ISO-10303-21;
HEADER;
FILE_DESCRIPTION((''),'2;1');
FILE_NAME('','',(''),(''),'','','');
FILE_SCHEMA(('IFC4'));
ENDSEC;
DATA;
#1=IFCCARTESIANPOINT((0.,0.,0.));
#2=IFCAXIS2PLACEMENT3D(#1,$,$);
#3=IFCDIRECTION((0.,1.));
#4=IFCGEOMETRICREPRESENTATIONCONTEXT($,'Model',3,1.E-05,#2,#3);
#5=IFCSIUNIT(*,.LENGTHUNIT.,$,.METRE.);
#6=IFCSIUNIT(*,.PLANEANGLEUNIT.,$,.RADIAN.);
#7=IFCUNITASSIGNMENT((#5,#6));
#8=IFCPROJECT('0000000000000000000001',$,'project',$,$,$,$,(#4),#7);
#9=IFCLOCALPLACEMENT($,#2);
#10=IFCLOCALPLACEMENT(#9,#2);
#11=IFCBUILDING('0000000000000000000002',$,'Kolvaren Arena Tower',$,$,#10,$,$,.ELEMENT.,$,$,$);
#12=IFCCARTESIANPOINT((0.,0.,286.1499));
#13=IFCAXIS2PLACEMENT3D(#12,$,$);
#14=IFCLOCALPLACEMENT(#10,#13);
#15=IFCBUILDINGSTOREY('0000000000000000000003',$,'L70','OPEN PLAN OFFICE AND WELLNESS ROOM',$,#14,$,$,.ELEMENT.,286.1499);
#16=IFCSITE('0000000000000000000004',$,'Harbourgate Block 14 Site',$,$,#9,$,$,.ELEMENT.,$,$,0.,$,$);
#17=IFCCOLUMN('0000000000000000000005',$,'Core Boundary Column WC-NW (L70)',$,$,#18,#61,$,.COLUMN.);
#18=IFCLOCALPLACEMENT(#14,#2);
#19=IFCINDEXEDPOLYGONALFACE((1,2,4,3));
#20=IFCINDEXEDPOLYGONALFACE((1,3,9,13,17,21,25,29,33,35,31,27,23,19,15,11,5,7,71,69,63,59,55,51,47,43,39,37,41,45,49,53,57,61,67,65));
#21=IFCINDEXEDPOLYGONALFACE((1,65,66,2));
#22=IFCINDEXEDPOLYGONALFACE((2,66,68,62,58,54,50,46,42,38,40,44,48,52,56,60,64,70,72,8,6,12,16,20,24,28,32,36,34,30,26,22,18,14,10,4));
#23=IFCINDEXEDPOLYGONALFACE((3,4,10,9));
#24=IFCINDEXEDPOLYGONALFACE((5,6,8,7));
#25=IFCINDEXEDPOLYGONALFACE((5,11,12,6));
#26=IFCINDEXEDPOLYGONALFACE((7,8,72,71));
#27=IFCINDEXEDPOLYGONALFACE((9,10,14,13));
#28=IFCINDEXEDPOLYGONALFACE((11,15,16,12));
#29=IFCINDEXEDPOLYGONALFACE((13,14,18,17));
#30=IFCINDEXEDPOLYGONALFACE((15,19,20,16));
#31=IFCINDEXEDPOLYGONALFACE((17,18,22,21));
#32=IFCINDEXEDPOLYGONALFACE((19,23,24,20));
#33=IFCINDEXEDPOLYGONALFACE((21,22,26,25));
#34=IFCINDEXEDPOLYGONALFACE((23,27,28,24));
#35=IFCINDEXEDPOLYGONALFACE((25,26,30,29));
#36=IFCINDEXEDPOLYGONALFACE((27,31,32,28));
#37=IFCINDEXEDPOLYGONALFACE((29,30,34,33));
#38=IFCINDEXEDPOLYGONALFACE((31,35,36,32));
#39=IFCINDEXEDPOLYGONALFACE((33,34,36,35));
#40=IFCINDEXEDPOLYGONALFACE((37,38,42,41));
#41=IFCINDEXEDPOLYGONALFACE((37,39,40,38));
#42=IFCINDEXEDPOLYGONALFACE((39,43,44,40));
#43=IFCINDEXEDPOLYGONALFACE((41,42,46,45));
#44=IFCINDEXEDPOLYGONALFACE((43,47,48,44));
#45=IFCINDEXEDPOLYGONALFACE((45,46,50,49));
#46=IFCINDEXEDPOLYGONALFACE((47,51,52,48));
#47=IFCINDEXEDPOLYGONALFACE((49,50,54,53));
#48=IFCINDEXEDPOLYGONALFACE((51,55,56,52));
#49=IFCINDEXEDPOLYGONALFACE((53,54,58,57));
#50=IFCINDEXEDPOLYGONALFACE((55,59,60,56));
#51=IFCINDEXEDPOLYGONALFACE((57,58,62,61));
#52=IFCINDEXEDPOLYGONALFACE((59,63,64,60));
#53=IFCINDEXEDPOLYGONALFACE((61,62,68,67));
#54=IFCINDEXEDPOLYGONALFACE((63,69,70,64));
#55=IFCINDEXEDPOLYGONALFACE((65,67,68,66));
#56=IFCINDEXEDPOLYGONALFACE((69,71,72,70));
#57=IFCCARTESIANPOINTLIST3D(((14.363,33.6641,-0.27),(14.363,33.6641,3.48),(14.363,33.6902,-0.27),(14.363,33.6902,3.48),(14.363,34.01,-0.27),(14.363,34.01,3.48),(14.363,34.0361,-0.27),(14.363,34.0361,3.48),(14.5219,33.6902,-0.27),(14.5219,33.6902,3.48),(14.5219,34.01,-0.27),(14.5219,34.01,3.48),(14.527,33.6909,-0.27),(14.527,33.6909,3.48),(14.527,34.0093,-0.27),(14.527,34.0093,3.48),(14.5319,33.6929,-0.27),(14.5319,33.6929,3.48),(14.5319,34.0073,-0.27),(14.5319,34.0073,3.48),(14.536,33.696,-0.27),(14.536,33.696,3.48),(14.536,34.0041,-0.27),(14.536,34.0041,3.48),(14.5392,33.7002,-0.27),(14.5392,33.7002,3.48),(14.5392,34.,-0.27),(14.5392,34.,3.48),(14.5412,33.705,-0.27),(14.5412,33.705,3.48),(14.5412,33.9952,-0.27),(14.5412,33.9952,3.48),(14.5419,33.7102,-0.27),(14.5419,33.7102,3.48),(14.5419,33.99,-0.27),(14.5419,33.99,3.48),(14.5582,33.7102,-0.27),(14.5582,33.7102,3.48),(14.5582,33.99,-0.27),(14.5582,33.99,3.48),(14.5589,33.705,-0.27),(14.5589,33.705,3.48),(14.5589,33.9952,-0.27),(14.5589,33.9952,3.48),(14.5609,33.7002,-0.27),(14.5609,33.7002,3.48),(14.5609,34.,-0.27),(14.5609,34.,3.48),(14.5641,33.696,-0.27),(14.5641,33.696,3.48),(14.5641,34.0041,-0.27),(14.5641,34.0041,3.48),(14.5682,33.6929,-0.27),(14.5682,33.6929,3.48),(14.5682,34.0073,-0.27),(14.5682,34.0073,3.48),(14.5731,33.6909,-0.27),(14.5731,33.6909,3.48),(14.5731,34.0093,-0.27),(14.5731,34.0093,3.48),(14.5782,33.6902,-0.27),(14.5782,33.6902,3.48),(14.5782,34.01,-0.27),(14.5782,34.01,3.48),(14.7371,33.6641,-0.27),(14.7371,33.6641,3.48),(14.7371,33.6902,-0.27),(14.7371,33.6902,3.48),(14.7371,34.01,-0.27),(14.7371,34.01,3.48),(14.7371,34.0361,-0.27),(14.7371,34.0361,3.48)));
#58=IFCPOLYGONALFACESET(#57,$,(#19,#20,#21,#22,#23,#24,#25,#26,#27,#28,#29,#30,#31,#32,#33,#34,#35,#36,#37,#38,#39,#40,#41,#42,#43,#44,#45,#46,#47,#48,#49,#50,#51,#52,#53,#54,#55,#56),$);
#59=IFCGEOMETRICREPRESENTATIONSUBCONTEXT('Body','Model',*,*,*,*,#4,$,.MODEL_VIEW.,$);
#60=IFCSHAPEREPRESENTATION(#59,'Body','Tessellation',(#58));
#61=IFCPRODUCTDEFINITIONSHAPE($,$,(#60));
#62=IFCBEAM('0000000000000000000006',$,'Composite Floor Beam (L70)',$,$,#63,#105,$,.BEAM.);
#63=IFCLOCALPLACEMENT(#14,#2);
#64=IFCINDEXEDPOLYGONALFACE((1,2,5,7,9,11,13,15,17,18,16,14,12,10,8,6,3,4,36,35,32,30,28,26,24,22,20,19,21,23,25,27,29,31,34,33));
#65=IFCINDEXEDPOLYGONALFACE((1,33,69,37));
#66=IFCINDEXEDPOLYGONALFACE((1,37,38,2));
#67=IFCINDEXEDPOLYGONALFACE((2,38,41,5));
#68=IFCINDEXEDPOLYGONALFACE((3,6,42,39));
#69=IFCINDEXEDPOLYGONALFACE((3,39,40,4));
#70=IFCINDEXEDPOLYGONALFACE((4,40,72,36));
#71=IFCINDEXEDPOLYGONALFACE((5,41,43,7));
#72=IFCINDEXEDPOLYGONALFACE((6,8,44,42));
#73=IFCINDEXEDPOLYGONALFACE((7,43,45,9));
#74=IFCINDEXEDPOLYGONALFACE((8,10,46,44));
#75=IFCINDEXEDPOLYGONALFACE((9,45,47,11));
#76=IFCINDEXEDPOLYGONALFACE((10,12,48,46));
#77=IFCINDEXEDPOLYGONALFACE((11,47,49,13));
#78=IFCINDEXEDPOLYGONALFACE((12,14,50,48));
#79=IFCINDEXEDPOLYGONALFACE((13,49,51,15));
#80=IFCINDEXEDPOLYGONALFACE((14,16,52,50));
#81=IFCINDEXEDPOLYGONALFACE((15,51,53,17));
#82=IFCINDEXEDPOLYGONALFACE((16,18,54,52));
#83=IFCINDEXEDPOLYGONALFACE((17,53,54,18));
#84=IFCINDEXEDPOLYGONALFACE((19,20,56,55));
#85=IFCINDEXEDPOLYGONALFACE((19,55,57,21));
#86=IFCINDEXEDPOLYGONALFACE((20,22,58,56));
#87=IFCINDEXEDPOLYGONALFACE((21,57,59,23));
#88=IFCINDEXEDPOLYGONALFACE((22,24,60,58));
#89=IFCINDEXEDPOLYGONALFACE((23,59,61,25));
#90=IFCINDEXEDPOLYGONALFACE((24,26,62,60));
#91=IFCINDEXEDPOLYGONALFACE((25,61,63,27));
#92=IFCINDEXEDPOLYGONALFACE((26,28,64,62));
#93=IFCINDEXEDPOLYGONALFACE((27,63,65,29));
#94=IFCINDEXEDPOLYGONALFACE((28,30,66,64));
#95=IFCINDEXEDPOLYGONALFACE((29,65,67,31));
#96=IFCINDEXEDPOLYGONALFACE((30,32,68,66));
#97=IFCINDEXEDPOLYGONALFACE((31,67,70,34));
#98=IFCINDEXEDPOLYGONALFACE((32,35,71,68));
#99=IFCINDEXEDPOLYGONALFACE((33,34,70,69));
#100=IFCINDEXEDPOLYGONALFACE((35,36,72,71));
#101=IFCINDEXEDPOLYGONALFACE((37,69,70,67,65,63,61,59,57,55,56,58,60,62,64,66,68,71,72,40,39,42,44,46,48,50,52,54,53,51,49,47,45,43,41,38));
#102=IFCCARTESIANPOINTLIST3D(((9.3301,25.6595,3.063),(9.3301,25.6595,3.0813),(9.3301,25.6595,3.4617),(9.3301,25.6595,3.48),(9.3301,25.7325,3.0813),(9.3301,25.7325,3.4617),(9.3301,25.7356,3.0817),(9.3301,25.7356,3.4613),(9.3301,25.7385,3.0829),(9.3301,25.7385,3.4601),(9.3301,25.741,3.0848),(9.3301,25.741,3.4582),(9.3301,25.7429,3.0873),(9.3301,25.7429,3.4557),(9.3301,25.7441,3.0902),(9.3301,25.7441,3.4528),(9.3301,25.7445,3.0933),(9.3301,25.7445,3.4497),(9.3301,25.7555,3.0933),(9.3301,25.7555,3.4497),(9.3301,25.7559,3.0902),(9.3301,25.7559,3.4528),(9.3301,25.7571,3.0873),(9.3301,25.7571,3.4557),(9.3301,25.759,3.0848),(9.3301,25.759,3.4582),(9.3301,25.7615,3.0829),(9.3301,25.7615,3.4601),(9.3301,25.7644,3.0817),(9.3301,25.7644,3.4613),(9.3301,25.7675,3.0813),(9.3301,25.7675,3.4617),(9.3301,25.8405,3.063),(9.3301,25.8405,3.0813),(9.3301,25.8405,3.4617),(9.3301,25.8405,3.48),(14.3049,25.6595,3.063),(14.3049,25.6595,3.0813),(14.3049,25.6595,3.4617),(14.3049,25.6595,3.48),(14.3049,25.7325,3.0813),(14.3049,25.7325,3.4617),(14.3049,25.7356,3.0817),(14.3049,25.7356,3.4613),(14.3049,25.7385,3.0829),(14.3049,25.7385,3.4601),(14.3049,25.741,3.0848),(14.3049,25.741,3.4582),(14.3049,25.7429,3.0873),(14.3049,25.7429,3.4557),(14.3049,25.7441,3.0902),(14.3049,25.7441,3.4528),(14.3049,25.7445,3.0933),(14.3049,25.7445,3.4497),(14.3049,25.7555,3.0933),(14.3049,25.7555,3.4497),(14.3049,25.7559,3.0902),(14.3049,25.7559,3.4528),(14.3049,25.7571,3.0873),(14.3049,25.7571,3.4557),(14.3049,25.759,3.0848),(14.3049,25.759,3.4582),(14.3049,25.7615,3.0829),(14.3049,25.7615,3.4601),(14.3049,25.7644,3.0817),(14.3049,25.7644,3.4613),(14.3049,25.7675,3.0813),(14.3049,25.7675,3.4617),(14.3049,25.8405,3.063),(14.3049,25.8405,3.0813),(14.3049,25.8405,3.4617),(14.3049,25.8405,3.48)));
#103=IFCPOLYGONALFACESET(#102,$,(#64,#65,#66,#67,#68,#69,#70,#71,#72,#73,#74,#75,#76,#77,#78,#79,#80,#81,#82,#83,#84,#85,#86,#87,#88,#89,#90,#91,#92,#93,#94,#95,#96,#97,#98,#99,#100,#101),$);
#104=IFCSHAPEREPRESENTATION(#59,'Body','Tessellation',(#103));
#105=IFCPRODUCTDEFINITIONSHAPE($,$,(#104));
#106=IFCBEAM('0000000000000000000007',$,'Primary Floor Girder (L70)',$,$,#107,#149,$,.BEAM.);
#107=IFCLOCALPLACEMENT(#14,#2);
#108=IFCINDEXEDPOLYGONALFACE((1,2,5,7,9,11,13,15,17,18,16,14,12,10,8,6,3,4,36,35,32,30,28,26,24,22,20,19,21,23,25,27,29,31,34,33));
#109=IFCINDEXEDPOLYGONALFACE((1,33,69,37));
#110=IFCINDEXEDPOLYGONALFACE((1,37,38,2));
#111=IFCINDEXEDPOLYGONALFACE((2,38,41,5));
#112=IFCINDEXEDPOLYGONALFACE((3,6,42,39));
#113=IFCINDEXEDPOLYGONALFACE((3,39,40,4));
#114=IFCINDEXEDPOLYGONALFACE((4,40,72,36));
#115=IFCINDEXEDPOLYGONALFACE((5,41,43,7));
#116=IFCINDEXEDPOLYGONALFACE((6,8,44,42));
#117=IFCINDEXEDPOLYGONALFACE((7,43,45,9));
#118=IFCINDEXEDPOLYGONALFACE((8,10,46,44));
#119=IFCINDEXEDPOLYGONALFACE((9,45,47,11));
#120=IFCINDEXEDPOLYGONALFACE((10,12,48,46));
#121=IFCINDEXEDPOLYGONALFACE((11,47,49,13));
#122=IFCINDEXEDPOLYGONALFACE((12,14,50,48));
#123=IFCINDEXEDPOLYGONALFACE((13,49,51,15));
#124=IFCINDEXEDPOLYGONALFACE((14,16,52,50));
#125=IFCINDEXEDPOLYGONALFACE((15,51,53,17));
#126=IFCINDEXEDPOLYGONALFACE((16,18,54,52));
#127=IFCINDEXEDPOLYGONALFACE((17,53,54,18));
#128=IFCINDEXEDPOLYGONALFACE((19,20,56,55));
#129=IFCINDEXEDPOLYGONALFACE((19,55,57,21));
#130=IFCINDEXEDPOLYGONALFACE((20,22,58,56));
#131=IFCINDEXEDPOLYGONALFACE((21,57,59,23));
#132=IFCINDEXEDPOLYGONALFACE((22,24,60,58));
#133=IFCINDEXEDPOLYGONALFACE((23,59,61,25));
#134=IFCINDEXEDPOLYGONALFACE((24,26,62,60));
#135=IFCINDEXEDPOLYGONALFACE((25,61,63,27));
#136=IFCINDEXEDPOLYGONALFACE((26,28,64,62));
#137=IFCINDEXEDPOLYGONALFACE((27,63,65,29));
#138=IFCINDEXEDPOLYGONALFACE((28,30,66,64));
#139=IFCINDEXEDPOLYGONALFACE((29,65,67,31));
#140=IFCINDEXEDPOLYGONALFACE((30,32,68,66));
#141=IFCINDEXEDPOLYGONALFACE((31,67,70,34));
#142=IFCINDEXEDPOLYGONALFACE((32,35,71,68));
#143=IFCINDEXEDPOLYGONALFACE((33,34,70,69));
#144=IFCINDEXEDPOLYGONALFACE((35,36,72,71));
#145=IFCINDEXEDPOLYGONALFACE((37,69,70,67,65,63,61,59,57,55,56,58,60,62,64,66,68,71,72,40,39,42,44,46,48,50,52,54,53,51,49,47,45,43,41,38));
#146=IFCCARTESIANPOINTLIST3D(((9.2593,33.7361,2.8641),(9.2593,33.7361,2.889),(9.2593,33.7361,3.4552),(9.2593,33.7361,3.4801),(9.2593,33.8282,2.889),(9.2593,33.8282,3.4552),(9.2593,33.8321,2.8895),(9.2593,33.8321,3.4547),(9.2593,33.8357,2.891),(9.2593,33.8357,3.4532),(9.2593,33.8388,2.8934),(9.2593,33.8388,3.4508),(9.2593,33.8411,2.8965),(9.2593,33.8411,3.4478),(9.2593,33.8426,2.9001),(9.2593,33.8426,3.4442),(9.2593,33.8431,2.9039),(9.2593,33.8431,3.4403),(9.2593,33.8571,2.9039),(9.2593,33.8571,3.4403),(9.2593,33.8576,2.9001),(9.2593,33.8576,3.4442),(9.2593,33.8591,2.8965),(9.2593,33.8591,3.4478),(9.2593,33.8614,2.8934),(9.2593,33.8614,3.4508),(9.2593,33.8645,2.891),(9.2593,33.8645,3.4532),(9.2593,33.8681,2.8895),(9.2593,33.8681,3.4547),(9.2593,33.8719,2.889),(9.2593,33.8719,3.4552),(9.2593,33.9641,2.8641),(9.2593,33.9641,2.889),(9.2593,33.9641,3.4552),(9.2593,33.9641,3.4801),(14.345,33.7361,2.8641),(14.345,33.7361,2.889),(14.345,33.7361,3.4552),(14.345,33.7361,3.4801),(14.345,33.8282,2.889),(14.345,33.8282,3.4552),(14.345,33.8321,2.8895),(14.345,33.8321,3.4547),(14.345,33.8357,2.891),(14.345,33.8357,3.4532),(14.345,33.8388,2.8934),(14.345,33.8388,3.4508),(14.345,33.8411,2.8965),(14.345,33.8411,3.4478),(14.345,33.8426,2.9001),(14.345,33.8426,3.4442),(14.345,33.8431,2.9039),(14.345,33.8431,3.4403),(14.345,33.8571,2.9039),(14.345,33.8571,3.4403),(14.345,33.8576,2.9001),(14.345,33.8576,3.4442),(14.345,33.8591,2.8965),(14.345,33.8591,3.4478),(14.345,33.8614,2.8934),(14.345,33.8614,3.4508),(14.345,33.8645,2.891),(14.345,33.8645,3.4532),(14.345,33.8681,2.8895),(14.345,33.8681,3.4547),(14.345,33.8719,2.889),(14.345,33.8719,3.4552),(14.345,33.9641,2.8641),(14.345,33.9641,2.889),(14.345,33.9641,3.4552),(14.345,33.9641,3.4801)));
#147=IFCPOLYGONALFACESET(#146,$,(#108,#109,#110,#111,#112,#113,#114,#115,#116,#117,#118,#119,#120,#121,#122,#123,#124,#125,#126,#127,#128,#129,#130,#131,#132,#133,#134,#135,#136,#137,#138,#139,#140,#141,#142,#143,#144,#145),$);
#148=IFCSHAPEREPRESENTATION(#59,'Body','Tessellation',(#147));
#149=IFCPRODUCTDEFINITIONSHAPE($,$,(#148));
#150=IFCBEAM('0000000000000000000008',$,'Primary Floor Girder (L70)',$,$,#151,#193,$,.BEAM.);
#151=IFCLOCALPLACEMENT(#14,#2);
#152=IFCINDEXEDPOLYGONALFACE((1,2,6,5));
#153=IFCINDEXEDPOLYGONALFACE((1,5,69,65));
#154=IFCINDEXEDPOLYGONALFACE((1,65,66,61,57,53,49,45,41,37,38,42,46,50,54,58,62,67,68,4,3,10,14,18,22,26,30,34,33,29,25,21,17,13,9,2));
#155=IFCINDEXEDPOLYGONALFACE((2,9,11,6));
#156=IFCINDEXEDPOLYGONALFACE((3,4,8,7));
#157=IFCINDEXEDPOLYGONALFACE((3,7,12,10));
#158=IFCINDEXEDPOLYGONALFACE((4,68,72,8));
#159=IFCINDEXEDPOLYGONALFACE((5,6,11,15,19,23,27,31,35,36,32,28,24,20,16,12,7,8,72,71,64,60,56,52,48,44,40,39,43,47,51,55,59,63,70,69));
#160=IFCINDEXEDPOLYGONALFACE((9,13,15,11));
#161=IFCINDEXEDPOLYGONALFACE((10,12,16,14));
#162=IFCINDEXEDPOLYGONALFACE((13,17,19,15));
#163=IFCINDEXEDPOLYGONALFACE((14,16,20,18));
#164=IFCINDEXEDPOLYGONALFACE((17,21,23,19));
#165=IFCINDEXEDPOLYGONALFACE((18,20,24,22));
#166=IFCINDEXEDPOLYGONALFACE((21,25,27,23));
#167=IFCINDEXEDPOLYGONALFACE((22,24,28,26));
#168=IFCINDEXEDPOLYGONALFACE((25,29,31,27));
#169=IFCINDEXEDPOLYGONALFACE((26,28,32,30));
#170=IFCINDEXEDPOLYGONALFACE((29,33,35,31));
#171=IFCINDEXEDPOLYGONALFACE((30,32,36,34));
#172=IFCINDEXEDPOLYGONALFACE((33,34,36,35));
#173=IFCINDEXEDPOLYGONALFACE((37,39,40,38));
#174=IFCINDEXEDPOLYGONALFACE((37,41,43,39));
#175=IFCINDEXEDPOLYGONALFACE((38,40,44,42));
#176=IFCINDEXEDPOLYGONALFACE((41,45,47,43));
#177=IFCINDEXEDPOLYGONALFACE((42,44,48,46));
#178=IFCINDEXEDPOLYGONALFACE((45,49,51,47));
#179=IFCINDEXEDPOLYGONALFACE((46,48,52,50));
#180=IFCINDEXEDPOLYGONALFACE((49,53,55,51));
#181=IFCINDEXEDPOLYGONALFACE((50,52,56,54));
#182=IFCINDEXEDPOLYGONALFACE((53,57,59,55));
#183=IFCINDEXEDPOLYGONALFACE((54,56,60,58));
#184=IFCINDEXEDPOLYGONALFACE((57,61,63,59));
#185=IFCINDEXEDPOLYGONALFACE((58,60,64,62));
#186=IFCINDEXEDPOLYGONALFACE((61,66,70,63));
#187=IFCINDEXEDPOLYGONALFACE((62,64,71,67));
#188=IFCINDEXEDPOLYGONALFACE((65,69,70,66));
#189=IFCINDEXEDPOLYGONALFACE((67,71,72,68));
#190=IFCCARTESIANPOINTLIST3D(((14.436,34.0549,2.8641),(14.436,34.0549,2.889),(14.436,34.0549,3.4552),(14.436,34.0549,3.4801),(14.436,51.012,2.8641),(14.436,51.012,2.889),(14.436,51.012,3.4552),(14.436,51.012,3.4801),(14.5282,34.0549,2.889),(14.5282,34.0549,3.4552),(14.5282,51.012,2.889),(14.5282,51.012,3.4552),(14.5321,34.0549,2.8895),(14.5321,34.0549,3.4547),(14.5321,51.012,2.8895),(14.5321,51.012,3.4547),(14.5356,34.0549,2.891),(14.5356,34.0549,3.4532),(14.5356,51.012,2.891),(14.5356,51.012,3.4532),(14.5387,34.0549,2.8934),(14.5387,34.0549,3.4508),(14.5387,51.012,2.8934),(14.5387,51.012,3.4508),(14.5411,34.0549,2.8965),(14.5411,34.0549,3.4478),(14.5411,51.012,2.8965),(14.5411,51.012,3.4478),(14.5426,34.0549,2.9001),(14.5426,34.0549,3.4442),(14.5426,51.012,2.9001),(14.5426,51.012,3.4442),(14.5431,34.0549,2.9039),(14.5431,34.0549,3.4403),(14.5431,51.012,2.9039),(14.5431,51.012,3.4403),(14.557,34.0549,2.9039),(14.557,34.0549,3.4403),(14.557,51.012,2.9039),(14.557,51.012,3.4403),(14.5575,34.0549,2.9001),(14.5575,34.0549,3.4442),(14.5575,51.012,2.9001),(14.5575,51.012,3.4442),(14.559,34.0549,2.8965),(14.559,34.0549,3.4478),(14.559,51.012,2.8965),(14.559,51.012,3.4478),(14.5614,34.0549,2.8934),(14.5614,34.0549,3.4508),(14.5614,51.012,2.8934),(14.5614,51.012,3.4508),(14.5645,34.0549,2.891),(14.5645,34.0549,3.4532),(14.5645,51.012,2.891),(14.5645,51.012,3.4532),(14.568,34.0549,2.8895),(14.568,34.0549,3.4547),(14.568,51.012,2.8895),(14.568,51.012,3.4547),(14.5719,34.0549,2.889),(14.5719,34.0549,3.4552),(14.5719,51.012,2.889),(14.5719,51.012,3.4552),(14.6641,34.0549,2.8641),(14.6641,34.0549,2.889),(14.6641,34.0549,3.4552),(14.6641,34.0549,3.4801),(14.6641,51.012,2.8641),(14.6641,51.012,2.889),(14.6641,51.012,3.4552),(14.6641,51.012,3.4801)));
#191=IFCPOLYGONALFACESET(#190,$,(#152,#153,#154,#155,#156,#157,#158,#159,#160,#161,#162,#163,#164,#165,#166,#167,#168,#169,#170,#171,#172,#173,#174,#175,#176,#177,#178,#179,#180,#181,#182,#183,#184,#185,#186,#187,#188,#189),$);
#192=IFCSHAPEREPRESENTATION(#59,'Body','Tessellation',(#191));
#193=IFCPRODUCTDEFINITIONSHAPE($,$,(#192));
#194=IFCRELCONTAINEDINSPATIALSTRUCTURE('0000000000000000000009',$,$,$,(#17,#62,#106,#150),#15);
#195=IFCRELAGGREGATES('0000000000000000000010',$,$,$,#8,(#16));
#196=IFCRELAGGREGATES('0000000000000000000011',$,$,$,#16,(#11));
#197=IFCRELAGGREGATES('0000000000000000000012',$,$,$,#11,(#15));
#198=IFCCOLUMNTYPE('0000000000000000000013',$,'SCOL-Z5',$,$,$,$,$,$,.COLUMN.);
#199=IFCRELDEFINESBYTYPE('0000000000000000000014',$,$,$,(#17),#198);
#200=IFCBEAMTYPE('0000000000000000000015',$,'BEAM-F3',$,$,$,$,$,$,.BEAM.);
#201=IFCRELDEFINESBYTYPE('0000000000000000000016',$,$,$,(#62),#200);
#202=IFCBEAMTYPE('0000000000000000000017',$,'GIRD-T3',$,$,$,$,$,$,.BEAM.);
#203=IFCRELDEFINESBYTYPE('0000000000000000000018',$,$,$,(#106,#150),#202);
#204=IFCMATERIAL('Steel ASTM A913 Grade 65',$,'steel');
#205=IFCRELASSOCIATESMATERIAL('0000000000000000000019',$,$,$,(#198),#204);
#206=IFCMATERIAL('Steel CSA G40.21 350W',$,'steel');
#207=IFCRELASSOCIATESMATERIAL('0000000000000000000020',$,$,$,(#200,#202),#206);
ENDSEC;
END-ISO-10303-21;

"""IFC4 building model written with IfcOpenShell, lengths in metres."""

from ifc_helpers import new_model, si_unit, direction, frame, origin, origin_2d, place, context, subcontext, project, spatial, i_section, extrude, material, material_profile, profile_set, type_object, element, save


model = new_model("IFC4")

# Units and contexts
model_context = context("Model", 3, precision=1e-05, world=origin(), true_north=direction((0.0, 1.0)))
body_context = subcontext(model_context, "Body", "Model", "MODEL_VIEW")
ifc_project = project(units=[si_unit("LENGTHUNIT", "METRE"), si_unit("PLANEANGLEUNIT", "RADIAN")], contexts=[model_context])

# Site, building, storey
site_placement = place(None, origin())
site = spatial("IfcSite", under=ifc_project, at=site_placement, Name="Harbourgate Block 14 Site", CompositionType="ELEMENT", RefElevation=0.0)
building_placement = place(site_placement, origin())
building = spatial("IfcBuilding", under=site, at=building_placement, Name="Kolvaren Arena Tower", CompositionType="ELEMENT")
storey_placement = place(building_placement, frame((0.0, 0.0, 286.1499)))
storey = spatial("IfcBuildingStorey", under=building, at=storey_placement, Name="L70", Description="OPEN PLAN OFFICE AND WELLNESS ROOM", CompositionType="ELEMENT", Elevation=286.1499)

# Column
ifc_material_1 = material(Name="Steel ASTM A913 Grade 65", Category="steel")
ifc_material_profile_1 = material_profile(ifc_material_1, i_section(OverallWidth=0.374, OverallDepth=0.3721, WebThickness=0.0164, FlangeThickness=0.0261, FilletRadius=0.02, at=origin_2d()), Name="W360x196")
ifc_profile_set_1 = profile_set([ifc_material_profile_1], Name="Steel ASTM A913 Grade 65")
column_type = type_object("IfcColumnType", Name="SCOL-Z5", PredefinedType="COLUMN", material=ifc_profile_set_1)
column_placement = place(storey_placement, frame((14.55, 33.8501, -0.27), z_axis=(0.0, 0.0, 1.0), x_axis=(1.0, 0.0, 0.0)))
element("IfcColumn", 1, at=column_placement, inside=storey, type_object=column_type, Name="Core Boundary Column WC-NW (L70)", PredefinedType="COLUMN", context=body_context, shape_type="SweptSolid", body=[
    extrude(i_section(OverallWidth=0.374, OverallDepth=0.3721, WebThickness=0.0164, FlangeThickness=0.0261, FilletRadius=0.02, at=origin_2d()), origin(), (0.0, 0.0, 1.0), 3.75),
])

# Beams
ifc_material_2 = material(Name="Steel CSA G40.21 350W", Category="steel")
ifc_material_profile_2 = material_profile(ifc_material_2, i_section(OverallWidth=0.1809, OverallDepth=0.417, WebThickness=0.011, FlangeThickness=0.0183, FilletRadius=0.012, at=origin_2d()), Name="W410x85")
ifc_profile_set_2 = profile_set([ifc_material_profile_2], Name="Steel CSA G40.21 350W")
beam_type_1 = type_object("IfcBeamType", Name="BEAM-F3", PredefinedType="BEAM", material=ifc_profile_set_2)
beam_1_placement = place(storey_placement, frame((9.3301, 25.75, 3.2715), z_axis=(1.0, 0.0, 0.0), x_axis=(0.0, 1.0, 0.0)))
element("IfcBeam", 2, at=beam_1_placement, inside=storey, type_object=beam_type_1, Name="Composite Floor Beam (L70)", PredefinedType="BEAM", context=body_context, shape_type="SweptSolid", body=[
    extrude(i_section(OverallWidth=0.1809, OverallDepth=0.417, WebThickness=0.011, FlangeThickness=0.0183, FilletRadius=0.012, at=origin_2d()), origin(), (0.0, 0.0, 1.0), 4.9749),
])
ifc_material_profile_3 = material_profile(ifc_material_2, i_section(OverallWidth=0.228, OverallDepth=0.616, WebThickness=0.0139, FlangeThickness=0.0249, FilletRadius=0.0149, at=origin_2d()), Name="W610x174")
ifc_profile_set_3 = profile_set([ifc_material_profile_3], Name="Steel CSA G40.21 350W")
beam_type_2 = type_object("IfcBeamType", Name="GIRD-T3", PredefinedType="BEAM", material=ifc_profile_set_3)
beam_2_placement = place(storey_placement, frame((9.2593, 33.8501, 3.1721), z_axis=(1.0, 0.0, 0.0), x_axis=(0.0, 1.0, 0.0)))
element("IfcBeam", 3, at=beam_2_placement, inside=storey, type_object=beam_type_2, Name="Primary Floor Girder (L70)", PredefinedType="BEAM", context=body_context, shape_type="SweptSolid", body=[
    extrude(i_section(OverallWidth=0.228, OverallDepth=0.616, WebThickness=0.0139, FlangeThickness=0.0249, FilletRadius=0.0149, at=origin_2d()), origin(), (0.0, 0.0, 1.0), 5.0857),
])
beam_3_placement = place(storey_placement, frame((14.55, 34.0549, 3.1721), z_axis=(0.0, 1.0, 0.0), x_axis=(-1.0, 0.0, 0.0)))
element("IfcBeam", 4, at=beam_3_placement, inside=storey, type_object=beam_type_2, Name="Primary Floor Girder (L70)", PredefinedType="BEAM", context=body_context, shape_type="SweptSolid", body=[
    extrude(i_section(OverallWidth=0.228, OverallDepth=0.616, WebThickness=0.0139, FlangeThickness=0.0249, FilletRadius=0.0149, at=origin_2d()), origin(), (0.0, 0.0, 1.0), 16.957),
])

save(model, "model.ifc")
